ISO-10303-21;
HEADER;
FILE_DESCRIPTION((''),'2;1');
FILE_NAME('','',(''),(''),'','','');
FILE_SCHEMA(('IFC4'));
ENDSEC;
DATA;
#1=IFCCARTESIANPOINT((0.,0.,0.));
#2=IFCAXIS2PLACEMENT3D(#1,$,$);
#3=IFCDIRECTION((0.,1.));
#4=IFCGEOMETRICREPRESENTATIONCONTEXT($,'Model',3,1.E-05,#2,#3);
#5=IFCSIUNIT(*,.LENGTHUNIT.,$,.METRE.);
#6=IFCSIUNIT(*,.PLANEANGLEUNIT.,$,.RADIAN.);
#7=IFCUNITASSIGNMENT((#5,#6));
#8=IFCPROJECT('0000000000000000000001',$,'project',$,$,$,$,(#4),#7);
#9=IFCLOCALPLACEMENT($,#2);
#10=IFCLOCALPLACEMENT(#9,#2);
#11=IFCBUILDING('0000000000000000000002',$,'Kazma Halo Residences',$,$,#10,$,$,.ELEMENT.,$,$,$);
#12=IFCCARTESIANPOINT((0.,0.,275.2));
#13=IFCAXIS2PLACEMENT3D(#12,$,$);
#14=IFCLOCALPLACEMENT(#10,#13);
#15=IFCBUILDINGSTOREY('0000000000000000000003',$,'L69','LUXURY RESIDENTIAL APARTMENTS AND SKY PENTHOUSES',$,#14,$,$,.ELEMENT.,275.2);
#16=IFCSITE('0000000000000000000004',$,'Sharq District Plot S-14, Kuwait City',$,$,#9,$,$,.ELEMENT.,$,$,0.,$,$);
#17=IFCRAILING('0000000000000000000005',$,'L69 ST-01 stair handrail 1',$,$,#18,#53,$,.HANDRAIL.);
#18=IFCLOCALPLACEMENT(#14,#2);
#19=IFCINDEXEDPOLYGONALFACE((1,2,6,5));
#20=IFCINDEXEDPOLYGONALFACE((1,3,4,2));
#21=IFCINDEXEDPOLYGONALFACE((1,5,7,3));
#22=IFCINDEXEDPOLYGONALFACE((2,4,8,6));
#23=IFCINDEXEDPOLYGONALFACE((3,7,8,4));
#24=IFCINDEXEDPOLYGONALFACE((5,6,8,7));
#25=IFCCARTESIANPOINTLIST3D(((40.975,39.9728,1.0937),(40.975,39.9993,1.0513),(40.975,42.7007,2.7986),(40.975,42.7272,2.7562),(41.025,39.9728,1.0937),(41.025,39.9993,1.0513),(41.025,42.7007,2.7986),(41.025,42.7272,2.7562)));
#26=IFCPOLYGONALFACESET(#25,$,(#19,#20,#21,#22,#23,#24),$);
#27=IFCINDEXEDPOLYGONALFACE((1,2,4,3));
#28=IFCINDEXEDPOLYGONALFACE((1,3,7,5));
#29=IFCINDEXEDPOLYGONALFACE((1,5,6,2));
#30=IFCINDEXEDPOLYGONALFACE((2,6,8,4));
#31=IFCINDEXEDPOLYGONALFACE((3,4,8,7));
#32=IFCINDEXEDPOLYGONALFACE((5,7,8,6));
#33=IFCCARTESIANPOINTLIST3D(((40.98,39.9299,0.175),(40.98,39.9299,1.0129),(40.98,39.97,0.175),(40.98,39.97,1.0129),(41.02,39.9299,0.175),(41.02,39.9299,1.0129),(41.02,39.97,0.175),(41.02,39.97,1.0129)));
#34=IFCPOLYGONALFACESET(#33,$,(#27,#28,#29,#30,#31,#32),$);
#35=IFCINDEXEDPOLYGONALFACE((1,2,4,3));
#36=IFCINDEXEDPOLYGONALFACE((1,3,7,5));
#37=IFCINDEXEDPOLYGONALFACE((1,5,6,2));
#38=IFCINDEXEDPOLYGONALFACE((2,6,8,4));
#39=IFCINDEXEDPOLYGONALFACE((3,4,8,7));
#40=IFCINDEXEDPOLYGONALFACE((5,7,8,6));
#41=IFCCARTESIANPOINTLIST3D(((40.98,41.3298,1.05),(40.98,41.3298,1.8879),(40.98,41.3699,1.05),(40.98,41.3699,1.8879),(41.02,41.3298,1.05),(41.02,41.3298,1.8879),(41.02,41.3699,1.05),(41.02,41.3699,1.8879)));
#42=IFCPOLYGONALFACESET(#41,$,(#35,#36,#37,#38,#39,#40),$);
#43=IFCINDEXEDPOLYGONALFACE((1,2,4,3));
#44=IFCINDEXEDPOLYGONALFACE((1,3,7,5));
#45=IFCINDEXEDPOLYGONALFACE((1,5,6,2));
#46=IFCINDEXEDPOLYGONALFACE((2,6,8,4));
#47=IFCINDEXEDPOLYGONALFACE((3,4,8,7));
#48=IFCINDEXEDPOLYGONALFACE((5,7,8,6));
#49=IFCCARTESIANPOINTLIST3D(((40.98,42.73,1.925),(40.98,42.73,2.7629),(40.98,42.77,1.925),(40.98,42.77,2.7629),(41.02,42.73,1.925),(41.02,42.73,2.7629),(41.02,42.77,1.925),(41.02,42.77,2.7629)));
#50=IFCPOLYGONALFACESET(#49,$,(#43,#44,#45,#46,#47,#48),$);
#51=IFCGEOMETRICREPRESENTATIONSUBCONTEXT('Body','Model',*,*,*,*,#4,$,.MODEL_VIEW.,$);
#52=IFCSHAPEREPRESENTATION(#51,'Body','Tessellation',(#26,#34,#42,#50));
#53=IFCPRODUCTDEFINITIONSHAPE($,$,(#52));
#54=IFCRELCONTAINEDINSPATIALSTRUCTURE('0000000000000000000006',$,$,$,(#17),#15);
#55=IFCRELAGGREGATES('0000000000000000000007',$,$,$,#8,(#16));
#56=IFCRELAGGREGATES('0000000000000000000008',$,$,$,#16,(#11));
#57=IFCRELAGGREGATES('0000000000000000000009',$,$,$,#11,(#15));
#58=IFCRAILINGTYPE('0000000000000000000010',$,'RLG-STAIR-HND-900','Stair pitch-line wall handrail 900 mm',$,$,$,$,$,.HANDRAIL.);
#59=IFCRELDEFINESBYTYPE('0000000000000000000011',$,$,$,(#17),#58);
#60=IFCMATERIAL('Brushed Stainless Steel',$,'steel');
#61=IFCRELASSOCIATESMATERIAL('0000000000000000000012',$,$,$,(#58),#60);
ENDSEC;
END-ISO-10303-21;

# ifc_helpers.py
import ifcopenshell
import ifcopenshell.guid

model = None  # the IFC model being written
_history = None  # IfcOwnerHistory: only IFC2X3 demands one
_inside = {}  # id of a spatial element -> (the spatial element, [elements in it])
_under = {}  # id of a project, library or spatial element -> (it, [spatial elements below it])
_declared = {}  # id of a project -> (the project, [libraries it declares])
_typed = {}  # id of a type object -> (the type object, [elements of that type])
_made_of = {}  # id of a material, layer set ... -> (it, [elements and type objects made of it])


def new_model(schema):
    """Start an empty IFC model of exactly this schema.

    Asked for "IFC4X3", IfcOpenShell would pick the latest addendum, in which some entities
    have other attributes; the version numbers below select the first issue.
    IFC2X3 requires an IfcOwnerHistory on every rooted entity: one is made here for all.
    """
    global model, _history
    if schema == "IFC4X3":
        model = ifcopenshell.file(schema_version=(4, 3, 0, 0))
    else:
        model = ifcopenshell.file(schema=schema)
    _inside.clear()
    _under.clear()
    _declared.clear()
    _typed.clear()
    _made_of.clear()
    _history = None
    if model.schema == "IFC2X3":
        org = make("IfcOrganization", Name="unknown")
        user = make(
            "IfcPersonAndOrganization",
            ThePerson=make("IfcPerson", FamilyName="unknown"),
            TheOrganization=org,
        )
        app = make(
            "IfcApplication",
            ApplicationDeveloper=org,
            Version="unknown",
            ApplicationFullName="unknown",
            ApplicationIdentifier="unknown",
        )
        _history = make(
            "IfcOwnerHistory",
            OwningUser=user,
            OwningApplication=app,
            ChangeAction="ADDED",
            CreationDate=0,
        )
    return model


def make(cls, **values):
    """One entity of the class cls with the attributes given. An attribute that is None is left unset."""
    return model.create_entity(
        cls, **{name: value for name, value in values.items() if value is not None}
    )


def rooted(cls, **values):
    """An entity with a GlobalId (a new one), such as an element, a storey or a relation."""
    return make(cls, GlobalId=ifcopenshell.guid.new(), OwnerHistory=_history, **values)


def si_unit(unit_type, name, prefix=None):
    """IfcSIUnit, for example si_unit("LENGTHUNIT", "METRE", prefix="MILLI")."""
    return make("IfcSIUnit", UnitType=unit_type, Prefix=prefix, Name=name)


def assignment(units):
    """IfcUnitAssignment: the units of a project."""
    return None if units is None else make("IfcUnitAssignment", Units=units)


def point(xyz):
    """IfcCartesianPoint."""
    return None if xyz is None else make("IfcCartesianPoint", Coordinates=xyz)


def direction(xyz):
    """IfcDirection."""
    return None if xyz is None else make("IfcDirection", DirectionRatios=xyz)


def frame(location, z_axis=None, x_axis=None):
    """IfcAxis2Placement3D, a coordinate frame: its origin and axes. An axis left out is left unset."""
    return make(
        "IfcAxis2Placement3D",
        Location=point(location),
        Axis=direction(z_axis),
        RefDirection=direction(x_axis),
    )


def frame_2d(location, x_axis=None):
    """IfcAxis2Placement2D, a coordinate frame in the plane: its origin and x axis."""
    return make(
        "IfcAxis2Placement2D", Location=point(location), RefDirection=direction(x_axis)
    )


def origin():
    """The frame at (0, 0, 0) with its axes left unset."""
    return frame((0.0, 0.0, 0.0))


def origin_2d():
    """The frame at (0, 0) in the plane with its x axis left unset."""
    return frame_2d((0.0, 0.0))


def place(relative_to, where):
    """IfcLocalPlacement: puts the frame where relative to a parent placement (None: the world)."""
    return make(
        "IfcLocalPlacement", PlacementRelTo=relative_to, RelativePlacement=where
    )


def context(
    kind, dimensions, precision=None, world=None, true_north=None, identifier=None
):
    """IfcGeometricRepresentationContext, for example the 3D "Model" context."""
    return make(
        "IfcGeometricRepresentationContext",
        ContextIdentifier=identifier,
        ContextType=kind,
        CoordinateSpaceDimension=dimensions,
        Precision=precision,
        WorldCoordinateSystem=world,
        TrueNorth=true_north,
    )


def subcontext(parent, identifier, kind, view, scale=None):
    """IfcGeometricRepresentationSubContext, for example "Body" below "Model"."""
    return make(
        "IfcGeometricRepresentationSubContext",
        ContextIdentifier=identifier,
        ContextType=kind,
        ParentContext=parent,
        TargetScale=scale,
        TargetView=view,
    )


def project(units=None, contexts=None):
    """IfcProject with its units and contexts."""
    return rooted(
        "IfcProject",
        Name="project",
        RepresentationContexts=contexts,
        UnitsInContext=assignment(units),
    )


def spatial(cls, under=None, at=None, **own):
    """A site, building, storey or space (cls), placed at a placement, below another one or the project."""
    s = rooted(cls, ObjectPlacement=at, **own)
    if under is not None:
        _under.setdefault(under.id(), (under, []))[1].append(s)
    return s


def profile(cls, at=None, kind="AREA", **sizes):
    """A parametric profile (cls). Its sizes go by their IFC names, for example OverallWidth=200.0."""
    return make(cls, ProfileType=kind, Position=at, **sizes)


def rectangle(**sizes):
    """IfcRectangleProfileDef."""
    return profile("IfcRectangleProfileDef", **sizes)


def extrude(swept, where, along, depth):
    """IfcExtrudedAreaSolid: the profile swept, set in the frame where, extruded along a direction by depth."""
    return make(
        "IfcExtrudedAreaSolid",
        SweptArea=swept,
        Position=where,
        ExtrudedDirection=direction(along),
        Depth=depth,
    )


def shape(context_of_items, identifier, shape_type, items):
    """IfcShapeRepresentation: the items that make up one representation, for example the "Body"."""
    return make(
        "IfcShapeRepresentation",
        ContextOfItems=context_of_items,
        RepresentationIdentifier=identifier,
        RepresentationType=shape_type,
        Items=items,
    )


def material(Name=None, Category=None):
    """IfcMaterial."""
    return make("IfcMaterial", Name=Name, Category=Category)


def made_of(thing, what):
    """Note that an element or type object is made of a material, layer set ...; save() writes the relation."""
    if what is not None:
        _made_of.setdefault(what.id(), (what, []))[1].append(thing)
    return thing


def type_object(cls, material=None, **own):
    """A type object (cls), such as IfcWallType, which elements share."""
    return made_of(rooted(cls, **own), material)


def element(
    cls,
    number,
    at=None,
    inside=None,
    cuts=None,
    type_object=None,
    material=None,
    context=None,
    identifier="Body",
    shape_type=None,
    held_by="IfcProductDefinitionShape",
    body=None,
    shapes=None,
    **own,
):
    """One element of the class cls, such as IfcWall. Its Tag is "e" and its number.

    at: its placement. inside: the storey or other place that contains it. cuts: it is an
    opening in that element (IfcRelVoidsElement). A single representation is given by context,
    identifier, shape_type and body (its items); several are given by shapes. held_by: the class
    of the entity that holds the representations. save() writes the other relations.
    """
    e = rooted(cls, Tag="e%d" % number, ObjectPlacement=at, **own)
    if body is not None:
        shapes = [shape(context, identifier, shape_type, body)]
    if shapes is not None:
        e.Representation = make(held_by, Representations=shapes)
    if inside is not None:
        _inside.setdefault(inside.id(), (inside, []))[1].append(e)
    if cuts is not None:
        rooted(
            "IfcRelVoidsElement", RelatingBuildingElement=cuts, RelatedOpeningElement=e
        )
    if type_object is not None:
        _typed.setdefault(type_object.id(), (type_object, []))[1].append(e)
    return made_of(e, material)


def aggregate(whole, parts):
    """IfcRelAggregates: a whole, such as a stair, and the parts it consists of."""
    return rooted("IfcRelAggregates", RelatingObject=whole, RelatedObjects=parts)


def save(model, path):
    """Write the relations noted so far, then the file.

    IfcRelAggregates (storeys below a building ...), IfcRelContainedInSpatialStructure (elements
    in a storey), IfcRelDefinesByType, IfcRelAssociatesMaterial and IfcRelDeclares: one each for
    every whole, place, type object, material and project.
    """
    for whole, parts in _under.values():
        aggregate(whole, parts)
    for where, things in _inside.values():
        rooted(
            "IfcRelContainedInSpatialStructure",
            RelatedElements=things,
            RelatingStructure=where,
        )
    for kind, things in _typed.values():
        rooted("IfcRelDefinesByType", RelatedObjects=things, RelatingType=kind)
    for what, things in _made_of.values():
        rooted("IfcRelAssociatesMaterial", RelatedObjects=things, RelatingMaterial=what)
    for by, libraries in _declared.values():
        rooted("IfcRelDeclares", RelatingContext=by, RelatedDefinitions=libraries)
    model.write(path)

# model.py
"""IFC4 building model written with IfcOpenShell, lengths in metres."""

from ifc_helpers import new_model, si_unit, direction, frame, origin, origin_2d, place, context, subcontext, project, spatial, rectangle, extrude, material, type_object, element, save


model = new_model("IFC4")

# Units and contexts
model_context = context("Model", 3, precision=1e-05, world=origin(), true_north=direction((0.0, 1.0)))
body_context = subcontext(model_context, "Body", "Model", "MODEL_VIEW")
ifc_project = project(units=[si_unit("LENGTHUNIT", "METRE"), si_unit("PLANEANGLEUNIT", "RADIAN")], contexts=[model_context])

# Site, building, storey
site_placement = place(None, origin())
site = spatial("IfcSite", under=ifc_project, at=site_placement, Name="Sharq District Plot S-14, Kuwait City", CompositionType="ELEMENT", RefElevation=0.0)
building_placement = place(site_placement, origin())
building = spatial("IfcBuilding", under=site, at=building_placement, Name="Kazma Halo Residences", CompositionType="ELEMENT")
storey_placement = place(building_placement, frame((0.0, 0.0, 275.2)))
storey = spatial("IfcBuildingStorey", under=building, at=storey_placement, Name="L69", Description="LUXURY RESIDENTIAL APARTMENTS AND SKY PENTHOUSES", CompositionType="ELEMENT", Elevation=275.2)

# Railing
ifc_material_1 = material(Name="Brushed Stainless Steel", Category="steel")
railing_type = type_object("IfcRailingType", Name="RLG-STAIR-HND-900", Description="Stair pitch-line wall handrail 900 mm", PredefinedType="HANDRAIL", material=ifc_material_1)
railing_placement = place(storey_placement, frame((41.0, 39.95, 0.175)))
element("IfcRailing", 1, at=railing_placement, inside=storey, type_object=railing_type, Name="L69 ST-01 stair handrail 1", PredefinedType="HANDRAIL", context=body_context, shape_type="SweptSolid", body=[
    extrude(rectangle(XDim=0.05, YDim=0.05, at=origin_2d()), frame((0.0, 0.0361, 0.8975), z_axis=(0.0, 0.848002, 0.529992), x_axis=(-1.0, 0.0, 0.0)), (0.0, 0.0, 1.0), 3.2168),
    extrude(rectangle(XDim=0.04, YDim=0.04, at=origin_2d()), origin(), (0.0, 0.0, 1.0), 0.8379),
    extrude(rectangle(XDim=0.04, YDim=0.04, at=origin_2d()), frame((0.0, 1.3999, 0.875)), (0.0, 0.0, 1.0), 0.8379),
    extrude(rectangle(XDim=0.04, YDim=0.04, at=origin_2d()), frame((0.0, 2.8, 1.75)), (0.0, 0.0, 1.0), 0.8379),
])

save(model, "model.ifc")
